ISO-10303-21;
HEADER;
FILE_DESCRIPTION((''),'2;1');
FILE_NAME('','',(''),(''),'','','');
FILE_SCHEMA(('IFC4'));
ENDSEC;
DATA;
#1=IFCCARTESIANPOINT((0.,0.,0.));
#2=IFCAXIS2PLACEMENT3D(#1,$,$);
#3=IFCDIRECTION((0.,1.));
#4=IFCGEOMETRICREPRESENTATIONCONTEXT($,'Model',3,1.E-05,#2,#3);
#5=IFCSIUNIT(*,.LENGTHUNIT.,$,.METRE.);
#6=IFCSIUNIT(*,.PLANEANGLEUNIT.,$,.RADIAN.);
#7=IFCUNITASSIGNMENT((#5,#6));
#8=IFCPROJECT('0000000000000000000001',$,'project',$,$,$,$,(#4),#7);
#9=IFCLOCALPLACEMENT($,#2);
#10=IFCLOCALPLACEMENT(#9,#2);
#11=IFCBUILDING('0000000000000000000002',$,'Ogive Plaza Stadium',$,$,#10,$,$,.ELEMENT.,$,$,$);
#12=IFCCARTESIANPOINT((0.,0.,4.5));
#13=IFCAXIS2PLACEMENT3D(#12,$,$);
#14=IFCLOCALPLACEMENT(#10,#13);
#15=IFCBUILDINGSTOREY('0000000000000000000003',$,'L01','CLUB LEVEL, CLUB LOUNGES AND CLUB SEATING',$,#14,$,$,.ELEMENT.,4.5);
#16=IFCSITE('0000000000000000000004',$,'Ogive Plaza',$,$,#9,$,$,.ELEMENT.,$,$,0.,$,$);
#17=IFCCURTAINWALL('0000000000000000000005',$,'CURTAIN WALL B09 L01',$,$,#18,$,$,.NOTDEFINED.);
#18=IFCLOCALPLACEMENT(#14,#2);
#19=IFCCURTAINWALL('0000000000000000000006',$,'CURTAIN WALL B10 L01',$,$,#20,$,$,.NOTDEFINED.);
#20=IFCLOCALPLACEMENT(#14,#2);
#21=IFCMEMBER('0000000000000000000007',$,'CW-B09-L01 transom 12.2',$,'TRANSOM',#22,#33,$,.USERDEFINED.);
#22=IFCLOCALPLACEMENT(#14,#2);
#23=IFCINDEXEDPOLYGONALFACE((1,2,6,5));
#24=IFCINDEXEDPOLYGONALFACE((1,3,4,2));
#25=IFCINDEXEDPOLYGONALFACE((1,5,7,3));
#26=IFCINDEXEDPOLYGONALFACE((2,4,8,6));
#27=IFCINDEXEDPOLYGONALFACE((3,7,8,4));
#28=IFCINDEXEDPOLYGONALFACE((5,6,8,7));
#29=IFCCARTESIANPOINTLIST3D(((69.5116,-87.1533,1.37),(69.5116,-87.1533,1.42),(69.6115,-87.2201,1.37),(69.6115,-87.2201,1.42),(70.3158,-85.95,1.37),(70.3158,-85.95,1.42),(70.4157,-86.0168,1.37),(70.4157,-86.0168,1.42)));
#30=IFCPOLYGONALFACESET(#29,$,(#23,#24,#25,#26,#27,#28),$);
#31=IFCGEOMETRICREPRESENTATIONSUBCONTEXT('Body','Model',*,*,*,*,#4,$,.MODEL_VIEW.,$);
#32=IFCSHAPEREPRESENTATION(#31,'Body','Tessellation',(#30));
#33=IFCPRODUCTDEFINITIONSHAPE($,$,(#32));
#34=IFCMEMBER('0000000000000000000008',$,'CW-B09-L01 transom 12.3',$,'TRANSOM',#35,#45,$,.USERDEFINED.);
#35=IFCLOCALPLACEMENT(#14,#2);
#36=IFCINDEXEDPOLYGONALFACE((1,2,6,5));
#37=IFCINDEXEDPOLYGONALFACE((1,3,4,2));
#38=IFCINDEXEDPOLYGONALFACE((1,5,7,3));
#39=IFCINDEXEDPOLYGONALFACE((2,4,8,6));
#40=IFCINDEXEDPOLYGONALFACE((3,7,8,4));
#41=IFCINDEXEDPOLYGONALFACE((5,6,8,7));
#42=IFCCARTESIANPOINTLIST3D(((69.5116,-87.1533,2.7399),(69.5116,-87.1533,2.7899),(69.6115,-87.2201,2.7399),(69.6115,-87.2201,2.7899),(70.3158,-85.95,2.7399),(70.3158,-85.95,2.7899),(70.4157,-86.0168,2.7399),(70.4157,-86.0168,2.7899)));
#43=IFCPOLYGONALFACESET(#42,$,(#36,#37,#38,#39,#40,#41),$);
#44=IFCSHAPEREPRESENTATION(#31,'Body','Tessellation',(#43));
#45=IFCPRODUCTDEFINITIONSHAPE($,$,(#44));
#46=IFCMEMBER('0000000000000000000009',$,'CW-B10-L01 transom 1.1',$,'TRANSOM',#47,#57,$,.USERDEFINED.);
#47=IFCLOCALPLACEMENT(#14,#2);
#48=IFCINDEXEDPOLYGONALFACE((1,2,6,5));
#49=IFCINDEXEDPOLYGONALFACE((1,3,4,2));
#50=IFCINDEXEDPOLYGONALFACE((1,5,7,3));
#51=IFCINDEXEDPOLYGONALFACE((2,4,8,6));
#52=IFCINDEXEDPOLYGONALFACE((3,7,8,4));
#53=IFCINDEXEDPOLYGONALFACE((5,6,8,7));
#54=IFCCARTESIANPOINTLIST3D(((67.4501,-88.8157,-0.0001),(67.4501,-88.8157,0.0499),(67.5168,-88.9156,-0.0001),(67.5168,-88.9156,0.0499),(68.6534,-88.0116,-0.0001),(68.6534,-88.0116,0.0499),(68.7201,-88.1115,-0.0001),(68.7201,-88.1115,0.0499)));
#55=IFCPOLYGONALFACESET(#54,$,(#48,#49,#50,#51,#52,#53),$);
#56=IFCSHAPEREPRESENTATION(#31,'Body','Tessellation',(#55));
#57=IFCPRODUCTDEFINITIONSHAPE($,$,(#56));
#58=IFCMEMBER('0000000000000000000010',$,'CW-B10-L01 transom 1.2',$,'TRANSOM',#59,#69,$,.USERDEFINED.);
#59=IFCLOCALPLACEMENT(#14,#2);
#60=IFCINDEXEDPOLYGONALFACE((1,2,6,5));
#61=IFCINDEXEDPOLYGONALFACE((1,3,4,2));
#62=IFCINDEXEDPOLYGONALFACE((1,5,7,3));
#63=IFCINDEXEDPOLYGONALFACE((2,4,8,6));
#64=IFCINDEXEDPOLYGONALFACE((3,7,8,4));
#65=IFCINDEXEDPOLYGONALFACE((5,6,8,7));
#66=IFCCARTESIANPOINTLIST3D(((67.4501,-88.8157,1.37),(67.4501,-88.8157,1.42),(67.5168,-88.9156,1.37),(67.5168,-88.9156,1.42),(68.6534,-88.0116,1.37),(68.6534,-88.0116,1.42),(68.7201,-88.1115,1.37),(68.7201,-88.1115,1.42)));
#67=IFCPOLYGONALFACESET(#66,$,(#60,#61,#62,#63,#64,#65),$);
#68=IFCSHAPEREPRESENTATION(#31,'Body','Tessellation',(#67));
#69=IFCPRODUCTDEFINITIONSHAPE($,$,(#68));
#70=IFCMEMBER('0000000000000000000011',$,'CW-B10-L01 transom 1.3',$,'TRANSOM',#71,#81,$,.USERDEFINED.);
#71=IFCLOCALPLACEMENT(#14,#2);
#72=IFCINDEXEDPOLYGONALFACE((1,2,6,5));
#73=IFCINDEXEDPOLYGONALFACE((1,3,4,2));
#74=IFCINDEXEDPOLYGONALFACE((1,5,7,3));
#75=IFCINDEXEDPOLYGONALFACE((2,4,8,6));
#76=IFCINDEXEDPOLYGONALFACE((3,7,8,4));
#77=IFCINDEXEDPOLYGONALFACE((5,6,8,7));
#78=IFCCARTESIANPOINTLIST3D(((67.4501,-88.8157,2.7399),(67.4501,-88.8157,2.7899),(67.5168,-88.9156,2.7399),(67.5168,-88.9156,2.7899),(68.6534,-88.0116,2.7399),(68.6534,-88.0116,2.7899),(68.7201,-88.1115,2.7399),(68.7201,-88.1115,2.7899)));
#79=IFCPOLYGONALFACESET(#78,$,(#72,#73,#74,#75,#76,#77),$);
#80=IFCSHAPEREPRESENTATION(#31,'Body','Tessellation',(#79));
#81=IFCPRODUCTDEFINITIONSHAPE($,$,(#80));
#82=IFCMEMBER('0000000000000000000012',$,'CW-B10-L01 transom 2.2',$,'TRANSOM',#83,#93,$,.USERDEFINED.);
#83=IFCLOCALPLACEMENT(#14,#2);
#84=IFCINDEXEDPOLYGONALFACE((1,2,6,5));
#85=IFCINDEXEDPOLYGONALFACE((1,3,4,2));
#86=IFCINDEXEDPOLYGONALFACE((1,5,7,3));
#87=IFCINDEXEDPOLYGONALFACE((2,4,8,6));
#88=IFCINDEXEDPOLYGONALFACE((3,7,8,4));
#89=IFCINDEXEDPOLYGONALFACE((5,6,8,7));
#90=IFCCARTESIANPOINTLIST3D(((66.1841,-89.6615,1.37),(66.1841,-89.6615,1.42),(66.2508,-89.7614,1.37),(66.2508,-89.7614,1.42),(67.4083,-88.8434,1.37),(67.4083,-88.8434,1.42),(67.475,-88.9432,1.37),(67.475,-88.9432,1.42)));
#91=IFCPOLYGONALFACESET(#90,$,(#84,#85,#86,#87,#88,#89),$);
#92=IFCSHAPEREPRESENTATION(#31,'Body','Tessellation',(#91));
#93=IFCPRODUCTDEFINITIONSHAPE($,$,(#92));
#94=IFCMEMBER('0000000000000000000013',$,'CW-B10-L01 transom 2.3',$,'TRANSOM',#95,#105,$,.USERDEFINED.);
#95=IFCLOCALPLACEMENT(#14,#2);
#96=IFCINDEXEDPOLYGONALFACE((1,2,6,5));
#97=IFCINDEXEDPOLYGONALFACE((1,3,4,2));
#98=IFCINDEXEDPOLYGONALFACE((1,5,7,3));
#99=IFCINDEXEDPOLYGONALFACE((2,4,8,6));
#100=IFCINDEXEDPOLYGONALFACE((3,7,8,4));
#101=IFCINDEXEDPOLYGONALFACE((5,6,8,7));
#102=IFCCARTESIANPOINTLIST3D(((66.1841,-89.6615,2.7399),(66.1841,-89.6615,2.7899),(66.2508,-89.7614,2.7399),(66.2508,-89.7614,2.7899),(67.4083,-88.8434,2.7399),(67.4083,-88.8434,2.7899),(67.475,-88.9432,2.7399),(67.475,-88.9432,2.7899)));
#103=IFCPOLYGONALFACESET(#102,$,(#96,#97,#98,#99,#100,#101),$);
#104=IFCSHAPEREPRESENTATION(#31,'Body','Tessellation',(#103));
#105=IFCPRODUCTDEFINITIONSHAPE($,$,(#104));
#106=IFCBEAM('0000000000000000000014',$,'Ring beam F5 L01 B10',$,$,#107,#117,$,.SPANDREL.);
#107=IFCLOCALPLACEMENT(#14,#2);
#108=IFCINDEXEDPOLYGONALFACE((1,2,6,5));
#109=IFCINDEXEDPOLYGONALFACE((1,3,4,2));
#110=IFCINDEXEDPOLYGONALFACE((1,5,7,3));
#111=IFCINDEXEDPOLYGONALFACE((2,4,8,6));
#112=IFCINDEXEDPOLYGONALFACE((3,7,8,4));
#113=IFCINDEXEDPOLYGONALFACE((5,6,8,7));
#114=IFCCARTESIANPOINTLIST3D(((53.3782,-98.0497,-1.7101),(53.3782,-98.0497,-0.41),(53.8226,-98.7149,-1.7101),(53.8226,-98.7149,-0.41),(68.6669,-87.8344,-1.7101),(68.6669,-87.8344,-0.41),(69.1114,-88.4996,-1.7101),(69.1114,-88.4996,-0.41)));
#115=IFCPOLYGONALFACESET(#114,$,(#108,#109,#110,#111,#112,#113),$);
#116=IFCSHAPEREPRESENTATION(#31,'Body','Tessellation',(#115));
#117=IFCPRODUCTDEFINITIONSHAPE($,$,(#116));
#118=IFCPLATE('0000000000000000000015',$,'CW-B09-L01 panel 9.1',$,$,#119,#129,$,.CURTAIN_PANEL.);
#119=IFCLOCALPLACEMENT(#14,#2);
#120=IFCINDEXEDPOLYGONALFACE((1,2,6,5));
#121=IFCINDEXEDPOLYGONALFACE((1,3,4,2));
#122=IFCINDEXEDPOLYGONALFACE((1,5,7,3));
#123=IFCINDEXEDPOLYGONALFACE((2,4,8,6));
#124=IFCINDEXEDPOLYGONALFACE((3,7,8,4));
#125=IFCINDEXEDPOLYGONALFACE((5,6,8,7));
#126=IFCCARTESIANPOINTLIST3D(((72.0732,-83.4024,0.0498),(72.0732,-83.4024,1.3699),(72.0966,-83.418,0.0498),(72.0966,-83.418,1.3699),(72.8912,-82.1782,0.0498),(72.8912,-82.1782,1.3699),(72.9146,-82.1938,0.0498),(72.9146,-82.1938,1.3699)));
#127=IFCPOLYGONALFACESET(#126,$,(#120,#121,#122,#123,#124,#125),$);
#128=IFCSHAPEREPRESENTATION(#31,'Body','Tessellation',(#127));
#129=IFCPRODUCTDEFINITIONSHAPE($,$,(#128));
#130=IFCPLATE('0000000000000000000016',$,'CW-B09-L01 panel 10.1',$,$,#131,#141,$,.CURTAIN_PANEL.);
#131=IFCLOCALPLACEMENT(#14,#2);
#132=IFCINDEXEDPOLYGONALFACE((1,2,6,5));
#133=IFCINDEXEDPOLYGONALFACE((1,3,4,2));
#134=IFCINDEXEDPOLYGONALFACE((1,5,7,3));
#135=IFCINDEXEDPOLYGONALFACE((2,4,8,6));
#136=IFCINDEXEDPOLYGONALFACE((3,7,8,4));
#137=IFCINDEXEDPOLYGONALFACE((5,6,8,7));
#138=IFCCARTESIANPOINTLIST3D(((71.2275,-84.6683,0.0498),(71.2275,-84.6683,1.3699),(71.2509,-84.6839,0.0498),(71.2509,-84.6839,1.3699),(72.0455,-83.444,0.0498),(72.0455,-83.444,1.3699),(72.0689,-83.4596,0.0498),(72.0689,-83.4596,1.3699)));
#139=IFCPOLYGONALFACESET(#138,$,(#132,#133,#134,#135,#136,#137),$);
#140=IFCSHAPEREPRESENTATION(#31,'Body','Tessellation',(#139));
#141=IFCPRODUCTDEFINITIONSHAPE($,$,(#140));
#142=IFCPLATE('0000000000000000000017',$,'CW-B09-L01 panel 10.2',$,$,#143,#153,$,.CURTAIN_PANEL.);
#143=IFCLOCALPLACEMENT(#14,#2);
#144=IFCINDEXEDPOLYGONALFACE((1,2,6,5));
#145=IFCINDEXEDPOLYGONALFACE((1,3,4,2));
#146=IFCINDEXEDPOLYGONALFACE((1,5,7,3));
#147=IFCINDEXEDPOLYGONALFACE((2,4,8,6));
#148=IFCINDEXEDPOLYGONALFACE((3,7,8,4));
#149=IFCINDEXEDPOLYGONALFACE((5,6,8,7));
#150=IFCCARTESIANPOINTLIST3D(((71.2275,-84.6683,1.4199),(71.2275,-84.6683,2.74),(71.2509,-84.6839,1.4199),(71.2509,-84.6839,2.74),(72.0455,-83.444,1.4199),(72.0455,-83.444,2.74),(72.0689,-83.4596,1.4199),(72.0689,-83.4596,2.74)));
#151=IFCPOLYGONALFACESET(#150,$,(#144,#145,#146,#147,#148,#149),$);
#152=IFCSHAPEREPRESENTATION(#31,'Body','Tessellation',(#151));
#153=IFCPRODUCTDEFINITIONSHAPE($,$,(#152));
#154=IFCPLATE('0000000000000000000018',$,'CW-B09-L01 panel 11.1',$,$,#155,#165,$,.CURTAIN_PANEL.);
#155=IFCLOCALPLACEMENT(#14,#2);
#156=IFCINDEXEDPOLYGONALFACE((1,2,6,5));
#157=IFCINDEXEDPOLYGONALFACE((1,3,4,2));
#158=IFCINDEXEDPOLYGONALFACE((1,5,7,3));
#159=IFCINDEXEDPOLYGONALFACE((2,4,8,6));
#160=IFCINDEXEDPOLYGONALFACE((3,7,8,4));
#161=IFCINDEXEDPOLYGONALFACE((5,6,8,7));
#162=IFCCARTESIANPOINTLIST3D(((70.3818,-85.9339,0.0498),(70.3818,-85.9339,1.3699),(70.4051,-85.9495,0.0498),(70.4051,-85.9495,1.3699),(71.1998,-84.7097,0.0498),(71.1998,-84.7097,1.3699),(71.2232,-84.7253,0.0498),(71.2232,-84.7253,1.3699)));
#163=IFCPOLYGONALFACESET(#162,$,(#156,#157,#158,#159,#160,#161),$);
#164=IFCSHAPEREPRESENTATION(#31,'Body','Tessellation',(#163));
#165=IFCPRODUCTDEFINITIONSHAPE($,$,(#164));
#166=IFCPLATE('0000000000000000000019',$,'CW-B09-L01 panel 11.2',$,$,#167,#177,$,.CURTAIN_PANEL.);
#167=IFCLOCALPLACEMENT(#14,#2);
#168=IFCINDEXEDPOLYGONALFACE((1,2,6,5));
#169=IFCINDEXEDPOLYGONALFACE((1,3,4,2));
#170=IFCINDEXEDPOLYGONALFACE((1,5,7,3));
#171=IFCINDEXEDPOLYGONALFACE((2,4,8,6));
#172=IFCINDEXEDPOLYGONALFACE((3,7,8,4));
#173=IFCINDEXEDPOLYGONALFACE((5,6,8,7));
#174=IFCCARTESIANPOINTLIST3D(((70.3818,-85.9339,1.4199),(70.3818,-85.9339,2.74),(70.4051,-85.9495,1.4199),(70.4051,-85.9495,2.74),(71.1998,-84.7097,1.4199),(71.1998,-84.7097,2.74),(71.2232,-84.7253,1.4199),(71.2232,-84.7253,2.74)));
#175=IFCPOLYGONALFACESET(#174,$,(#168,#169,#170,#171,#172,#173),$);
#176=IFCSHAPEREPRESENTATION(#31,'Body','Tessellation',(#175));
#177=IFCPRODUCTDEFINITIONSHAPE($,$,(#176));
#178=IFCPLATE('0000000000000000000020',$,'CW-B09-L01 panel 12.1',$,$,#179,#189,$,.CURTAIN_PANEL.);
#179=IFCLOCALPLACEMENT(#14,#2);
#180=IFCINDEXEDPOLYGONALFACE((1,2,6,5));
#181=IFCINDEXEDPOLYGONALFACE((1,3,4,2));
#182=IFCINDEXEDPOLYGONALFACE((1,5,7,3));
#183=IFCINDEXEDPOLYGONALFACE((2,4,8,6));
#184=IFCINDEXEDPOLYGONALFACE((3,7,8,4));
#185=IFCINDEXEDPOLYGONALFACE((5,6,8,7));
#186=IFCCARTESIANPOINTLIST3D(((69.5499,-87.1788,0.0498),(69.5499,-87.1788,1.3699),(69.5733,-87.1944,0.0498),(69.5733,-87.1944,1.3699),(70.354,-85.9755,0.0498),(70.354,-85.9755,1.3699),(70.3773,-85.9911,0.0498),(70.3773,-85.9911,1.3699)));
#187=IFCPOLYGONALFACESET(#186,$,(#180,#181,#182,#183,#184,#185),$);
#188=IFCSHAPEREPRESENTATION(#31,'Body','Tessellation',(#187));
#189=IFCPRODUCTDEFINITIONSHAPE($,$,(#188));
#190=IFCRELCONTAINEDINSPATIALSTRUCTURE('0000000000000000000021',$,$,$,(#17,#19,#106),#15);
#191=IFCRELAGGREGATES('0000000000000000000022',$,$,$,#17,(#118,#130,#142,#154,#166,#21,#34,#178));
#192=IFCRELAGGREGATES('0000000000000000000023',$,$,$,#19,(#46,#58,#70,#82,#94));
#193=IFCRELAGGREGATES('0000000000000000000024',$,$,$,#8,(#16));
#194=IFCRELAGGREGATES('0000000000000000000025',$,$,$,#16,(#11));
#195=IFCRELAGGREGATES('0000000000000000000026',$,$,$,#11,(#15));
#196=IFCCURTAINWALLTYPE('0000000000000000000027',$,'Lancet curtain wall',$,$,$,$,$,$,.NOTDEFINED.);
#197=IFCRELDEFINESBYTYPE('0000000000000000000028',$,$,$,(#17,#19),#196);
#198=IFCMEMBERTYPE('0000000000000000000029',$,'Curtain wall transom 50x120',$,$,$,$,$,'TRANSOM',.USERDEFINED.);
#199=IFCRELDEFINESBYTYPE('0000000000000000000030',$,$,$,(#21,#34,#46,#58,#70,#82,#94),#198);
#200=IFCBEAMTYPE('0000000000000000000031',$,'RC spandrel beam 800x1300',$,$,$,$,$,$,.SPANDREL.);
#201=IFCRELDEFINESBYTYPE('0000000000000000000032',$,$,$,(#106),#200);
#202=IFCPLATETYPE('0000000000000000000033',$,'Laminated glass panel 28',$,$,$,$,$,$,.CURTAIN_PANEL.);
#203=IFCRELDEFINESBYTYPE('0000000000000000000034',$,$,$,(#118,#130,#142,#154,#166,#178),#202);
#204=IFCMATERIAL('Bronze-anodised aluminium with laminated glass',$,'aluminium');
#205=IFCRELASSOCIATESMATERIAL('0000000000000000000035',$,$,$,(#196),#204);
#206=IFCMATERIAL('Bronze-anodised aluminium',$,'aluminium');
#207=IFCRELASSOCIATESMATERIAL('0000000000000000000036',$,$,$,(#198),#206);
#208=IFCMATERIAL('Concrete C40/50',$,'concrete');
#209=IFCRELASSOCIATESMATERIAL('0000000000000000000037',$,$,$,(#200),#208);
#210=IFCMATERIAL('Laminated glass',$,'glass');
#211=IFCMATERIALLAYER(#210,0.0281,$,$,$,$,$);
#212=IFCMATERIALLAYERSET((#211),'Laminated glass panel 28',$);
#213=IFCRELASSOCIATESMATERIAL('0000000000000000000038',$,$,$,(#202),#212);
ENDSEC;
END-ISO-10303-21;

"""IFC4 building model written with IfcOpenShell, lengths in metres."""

from ifc_helpers import new_model, si_unit, direction, frame, origin, origin_2d, place, context, subcontext, project, spatial, rectangle, extrude, material, layer, layer_set, material_profile, profile_set, type_object, element, aggregate, save


model = new_model("IFC4")

# Units and contexts
model_context = context("Model", 3, precision=1e-05, world=origin(), true_north=direction((0.0, 1.0)))
body_context = subcontext(model_context, "Body", "Model", "MODEL_VIEW")
ifc_project = project(units=[si_unit("LENGTHUNIT", "METRE"), si_unit("PLANEANGLEUNIT", "RADIAN")], contexts=[model_context])

# Site, building, storey
site_placement = place(None, origin())
site = spatial("IfcSite", under=ifc_project, at=site_placement, Name="Ogive Plaza", CompositionType="ELEMENT", RefElevation=0.0)
building_placement = place(site_placement, origin())
building = spatial("IfcBuilding", under=site, at=building_placement, Name="Ogive Plaza Stadium", CompositionType="ELEMENT")
storey_placement = place(building_placement, frame((0.0, 0.0, 4.5)))
storey = spatial("IfcBuildingStorey", under=building, at=storey_placement, Name="L01", Description="CLUB LEVEL, CLUB LOUNGES AND CLUB SEATING", CompositionType="ELEMENT", Elevation=4.5)

# Curtain walls
ifc_material_1 = material(Name="Bronze-anodised aluminium with laminated glass", Category="aluminium")
curtain_wall_type = type_object("IfcCurtainWallType", Name="Lancet curtain wall", PredefinedType="NOTDEFINED", material=ifc_material_1)
curtain_wall_1_placement = place(storey_placement, origin())
curtain_wall_1 = element("IfcCurtainWall", 1, at=curtain_wall_1_placement, inside=storey, type_object=curtain_wall_type, Name="CURTAIN WALL B09 L01", PredefinedType="NOTDEFINED")
curtain_wall_2_placement = place(storey_placement, origin())
curtain_wall_2 = element("IfcCurtainWall", 2, at=curtain_wall_2_placement, inside=storey, type_object=curtain_wall_type, Name="CURTAIN WALL B10 L01", PredefinedType="NOTDEFINED")

# Members
ifc_material_2 = material(Name="Bronze-anodised aluminium", Category="aluminium")
ifc_material_profile_1 = material_profile(ifc_material_2, rectangle(XDim=0.1201, YDim=0.05, at=origin_2d()), Name="AL 120x50")
ifc_profile_set_1 = profile_set([ifc_material_profile_1], Name="Bronze-anodised aluminium")
member_type_1 = type_object("IfcMemberType", Name="Curtain wall transom 50x120", ElementType="TRANSOM", PredefinedType="USERDEFINED", material=ifc_profile_set_1)
member_1_placement = place(storey_placement, frame((70.3657, -85.9834, 1.395), z_axis=(-0.555634, -0.831427, 0.0), x_axis=(0.831427, -0.555634, 0.0)))
member_1 = element("IfcMember", 3, at=member_1_placement, type_object=member_type_1, Name="CW-B09-L01 transom 12.2", ObjectType="TRANSOM", PredefinedType="USERDEFINED", context=body_context, shape_type="SweptSolid", body=[
    extrude(rectangle(XDim=0.1201, YDim=0.05, at=origin_2d()), origin(), (0.0, 0.0, 1.0), 1.4473),
])
member_2_placement = place(storey_placement, frame((70.3657, -85.9834, 2.7649), z_axis=(-0.555634, -0.831427, 0.0), x_axis=(0.831427, -0.555634, 0.0)))
member_2 = element("IfcMember", 4, at=member_2_placement, type_object=member_type_1, Name="CW-B09-L01 transom 12.3", ObjectType="TRANSOM", PredefinedType="USERDEFINED", context=body_context, shape_type="SweptSolid", body=[
    extrude(rectangle(XDim=0.1201, YDim=0.05, at=origin_2d()), origin(), (0.0, 0.0, 1.0), 1.4473),
])
member_3_placement = place(storey_placement, frame((68.6868, -88.0615, 0.0249), z_axis=(-0.831427, -0.555634, 0.0), x_axis=(0.555634, -0.831427, 0.0)))
member_3 = element("IfcMember", 5, at=member_3_placement, type_object=member_type_1, Name="CW-B10-L01 transom 1.1", ObjectType="TRANSOM", PredefinedType="USERDEFINED", context=body_context, shape_type="SweptSolid", body=[
    extrude(rectangle(XDim=0.1201, YDim=0.05, at=origin_2d()), origin(), (0.0, 0.0, 1.0), 1.4473),
])
member_4_placement = place(storey_placement, frame((68.6868, -88.0615, 1.395), z_axis=(-0.831427, -0.555634, 0.0), x_axis=(0.555634, -0.831427, 0.0)))
member_4 = element("IfcMember", 6, at=member_4_placement, type_object=member_type_1, Name="CW-B10-L01 transom 1.2", ObjectType="TRANSOM", PredefinedType="USERDEFINED", context=body_context, shape_type="SweptSolid", body=[
    extrude(rectangle(XDim=0.1201, YDim=0.05, at=origin_2d()), origin(), (0.0, 0.0, 1.0), 1.4473),
])
member_5_placement = place(storey_placement, frame((68.6868, -88.0615, 2.7649), z_axis=(-0.831427, -0.555634, 0.0), x_axis=(0.555634, -0.831427, 0.0)))
member_5 = element("IfcMember", 7, at=member_5_placement, type_object=member_type_1, Name="CW-B10-L01 transom 1.3", ObjectType="TRANSOM", PredefinedType="USERDEFINED", context=body_context, shape_type="SweptSolid", body=[
    extrude(rectangle(XDim=0.1201, YDim=0.05, at=origin_2d()), origin(), (0.0, 0.0, 1.0), 1.4473),
])
member_6_placement = place(storey_placement, frame((67.4417, -88.8933, 1.395), z_axis=(-0.831412, -0.555656, 0.0), x_axis=(0.555656, -0.831412, 0.0)))
member_6 = element("IfcMember", 8, at=member_6_placement, type_object=member_type_1, Name="CW-B10-L01 transom 2.2", ObjectType="TRANSOM", PredefinedType="USERDEFINED", context=body_context, shape_type="SweptSolid", body=[
    extrude(rectangle(XDim=0.1201, YDim=0.05, at=origin_2d()), origin(), (0.0, 0.0, 1.0), 1.4724),
])
member_7_placement = place(storey_placement, frame((67.4417, -88.8933, 2.7649), z_axis=(-0.831412, -0.555656, 0.0), x_axis=(0.555656, -0.831412, 0.0)))
member_7 = element("IfcMember", 9, at=member_7_placement, type_object=member_type_1, Name="CW-B10-L01 transom 2.3", ObjectType="TRANSOM", PredefinedType="USERDEFINED", context=body_context, shape_type="SweptSolid", body=[
    extrude(rectangle(XDim=0.1201, YDim=0.05, at=origin_2d()), origin(), (0.0, 0.0, 1.0), 1.4724),
])

# Beam
ifc_material_3 = material(Name="Concrete C40/50", Category="concrete")
ifc_material_profile_2 = material_profile(ifc_material_3, rectangle(XDim=0.8, YDim=1.3, at=origin_2d()), Name="RC 800x1300")
ifc_profile_set_2 = profile_set([ifc_material_profile_2], Name="Concrete C40/50")
beam_type = type_object("IfcBeamType", Name="RC spandrel beam 800x1300", PredefinedType="SPANDREL", material=ifc_profile_set_2)
beam_placement = place(storey_placement, frame((68.8892, -88.167, -1.0601), z_axis=(-0.831478, -0.555558, 0.0), x_axis=(0.555558, -0.831478, 0.0)))
element("IfcBeam", 10, at=beam_placement, inside=storey, type_object=beam_type, Name="Ring beam F5 L01 B10", PredefinedType="SPANDREL", context=body_context, shape_type="SweptSolid", body=[
    extrude(rectangle(XDim=0.8, YDim=1.3, at=origin_2d()), origin(), (0.0, 0.0, 1.0), 18.3875),
])

# Plates
ifc_material_4 = material(Name="Laminated glass", Category="glass")
ifc_layer = layer(ifc_material_4, 0.0281)
ifc_layer_set = layer_set([ifc_layer], Name="Laminated glass panel 28")
plate_type = type_object("IfcPlateType", Name="Laminated glass panel 28", PredefinedType="CURTAIN_PANEL", material=ifc_layer_set)
plate_1_placement = place(storey_placement, frame((72.4939, -82.7981, 0.0498), z_axis=(0.0, 0.0, 1.0), x_axis=(-0.55557, -0.83147, 0.0)))
plate_1 = element("IfcPlate", 11, at=plate_1_placement, type_object=plate_type, Name="CW-B09-L01 panel 9.1", PredefinedType="CURTAIN_PANEL", context=body_context, shape_type="SweptSolid", body=[
    extrude(rectangle(XDim=1.4724, YDim=0.0281, at=origin_2d()), origin(), (0.0, 0.0, 1.0), 1.3201),
])
plate_2_placement = place(storey_placement, frame((71.6482, -84.064, 0.0498), z_axis=(0.0, 0.0, 1.0), x_axis=(-0.55557, -0.83147, 0.0)))
plate_2 = element("IfcPlate", 12, at=plate_2_placement, type_object=plate_type, Name="CW-B09-L01 panel 10.1", PredefinedType="CURTAIN_PANEL", context=body_context, shape_type="SweptSolid", body=[
    extrude(rectangle(XDim=1.4724, YDim=0.0281, at=origin_2d()), origin(), (0.0, 0.0, 1.0), 1.3201),
])
plate_3_placement = place(storey_placement, frame((71.6482, -84.064, 1.4199), z_axis=(0.0, 0.0, 1.0), x_axis=(-0.55557, -0.83147, 0.0)))
plate_3 = element("IfcPlate", 13, at=plate_3_placement, type_object=plate_type, Name="CW-B09-L01 panel 10.2", PredefinedType="CURTAIN_PANEL", context=body_context, shape_type="SweptSolid", body=[
    extrude(rectangle(XDim=1.4724, YDim=0.0281, at=origin_2d()), origin(), (0.0, 0.0, 1.0), 1.3201),
])
plate_4_placement = place(storey_placement, frame((70.8025, -85.3296, 0.0498), z_axis=(0.0, 0.0, 1.0), x_axis=(-0.55557, -0.83147, 0.0)))
plate_4 = element("IfcPlate", 14, at=plate_4_placement, type_object=plate_type, Name="CW-B09-L01 panel 11.1", PredefinedType="CURTAIN_PANEL", context=body_context, shape_type="SweptSolid", body=[
    extrude(rectangle(XDim=1.4724, YDim=0.0281, at=origin_2d()), origin(), (0.0, 0.0, 1.0), 1.3201),
])
plate_5_placement = place(storey_placement, frame((70.8025, -85.3296, 1.4199), z_axis=(0.0, 0.0, 1.0), x_axis=(-0.55557, -0.83147, 0.0)))
plate_5 = element("IfcPlate", 15, at=plate_5_placement, type_object=plate_type, Name="CW-B09-L01 panel 11.2", PredefinedType="CURTAIN_PANEL", context=body_context, shape_type="SweptSolid", body=[
    extrude(rectangle(XDim=1.4724, YDim=0.0281, at=origin_2d()), origin(), (0.0, 0.0, 1.0), 1.3201),
])
plate_6_placement = place(storey_placement, frame((69.9636, -86.585, 0.0498), z_axis=(0.0, 0.0, 1.0), x_axis=(-0.55557, -0.83147, 0.0)))
plate_6 = element("IfcPlate", 16, at=plate_6_placement, type_object=plate_type, Name="CW-B09-L01 panel 12.1", PredefinedType="CURTAIN_PANEL", context=body_context, shape_type="SweptSolid", body=[
    extrude(rectangle(XDim=1.4473, YDim=0.0281, at=origin_2d()), origin(), (0.0, 0.0, 1.0), 1.3201),
])
aggregate(curtain_wall_1, [plate_1, plate_2, plate_3, plate_4, plate_5, member_1, member_2, plate_6])
aggregate(curtain_wall_2, [member_3, member_4, member_5, member_6, member_7])

save(model, "model.ifc")
